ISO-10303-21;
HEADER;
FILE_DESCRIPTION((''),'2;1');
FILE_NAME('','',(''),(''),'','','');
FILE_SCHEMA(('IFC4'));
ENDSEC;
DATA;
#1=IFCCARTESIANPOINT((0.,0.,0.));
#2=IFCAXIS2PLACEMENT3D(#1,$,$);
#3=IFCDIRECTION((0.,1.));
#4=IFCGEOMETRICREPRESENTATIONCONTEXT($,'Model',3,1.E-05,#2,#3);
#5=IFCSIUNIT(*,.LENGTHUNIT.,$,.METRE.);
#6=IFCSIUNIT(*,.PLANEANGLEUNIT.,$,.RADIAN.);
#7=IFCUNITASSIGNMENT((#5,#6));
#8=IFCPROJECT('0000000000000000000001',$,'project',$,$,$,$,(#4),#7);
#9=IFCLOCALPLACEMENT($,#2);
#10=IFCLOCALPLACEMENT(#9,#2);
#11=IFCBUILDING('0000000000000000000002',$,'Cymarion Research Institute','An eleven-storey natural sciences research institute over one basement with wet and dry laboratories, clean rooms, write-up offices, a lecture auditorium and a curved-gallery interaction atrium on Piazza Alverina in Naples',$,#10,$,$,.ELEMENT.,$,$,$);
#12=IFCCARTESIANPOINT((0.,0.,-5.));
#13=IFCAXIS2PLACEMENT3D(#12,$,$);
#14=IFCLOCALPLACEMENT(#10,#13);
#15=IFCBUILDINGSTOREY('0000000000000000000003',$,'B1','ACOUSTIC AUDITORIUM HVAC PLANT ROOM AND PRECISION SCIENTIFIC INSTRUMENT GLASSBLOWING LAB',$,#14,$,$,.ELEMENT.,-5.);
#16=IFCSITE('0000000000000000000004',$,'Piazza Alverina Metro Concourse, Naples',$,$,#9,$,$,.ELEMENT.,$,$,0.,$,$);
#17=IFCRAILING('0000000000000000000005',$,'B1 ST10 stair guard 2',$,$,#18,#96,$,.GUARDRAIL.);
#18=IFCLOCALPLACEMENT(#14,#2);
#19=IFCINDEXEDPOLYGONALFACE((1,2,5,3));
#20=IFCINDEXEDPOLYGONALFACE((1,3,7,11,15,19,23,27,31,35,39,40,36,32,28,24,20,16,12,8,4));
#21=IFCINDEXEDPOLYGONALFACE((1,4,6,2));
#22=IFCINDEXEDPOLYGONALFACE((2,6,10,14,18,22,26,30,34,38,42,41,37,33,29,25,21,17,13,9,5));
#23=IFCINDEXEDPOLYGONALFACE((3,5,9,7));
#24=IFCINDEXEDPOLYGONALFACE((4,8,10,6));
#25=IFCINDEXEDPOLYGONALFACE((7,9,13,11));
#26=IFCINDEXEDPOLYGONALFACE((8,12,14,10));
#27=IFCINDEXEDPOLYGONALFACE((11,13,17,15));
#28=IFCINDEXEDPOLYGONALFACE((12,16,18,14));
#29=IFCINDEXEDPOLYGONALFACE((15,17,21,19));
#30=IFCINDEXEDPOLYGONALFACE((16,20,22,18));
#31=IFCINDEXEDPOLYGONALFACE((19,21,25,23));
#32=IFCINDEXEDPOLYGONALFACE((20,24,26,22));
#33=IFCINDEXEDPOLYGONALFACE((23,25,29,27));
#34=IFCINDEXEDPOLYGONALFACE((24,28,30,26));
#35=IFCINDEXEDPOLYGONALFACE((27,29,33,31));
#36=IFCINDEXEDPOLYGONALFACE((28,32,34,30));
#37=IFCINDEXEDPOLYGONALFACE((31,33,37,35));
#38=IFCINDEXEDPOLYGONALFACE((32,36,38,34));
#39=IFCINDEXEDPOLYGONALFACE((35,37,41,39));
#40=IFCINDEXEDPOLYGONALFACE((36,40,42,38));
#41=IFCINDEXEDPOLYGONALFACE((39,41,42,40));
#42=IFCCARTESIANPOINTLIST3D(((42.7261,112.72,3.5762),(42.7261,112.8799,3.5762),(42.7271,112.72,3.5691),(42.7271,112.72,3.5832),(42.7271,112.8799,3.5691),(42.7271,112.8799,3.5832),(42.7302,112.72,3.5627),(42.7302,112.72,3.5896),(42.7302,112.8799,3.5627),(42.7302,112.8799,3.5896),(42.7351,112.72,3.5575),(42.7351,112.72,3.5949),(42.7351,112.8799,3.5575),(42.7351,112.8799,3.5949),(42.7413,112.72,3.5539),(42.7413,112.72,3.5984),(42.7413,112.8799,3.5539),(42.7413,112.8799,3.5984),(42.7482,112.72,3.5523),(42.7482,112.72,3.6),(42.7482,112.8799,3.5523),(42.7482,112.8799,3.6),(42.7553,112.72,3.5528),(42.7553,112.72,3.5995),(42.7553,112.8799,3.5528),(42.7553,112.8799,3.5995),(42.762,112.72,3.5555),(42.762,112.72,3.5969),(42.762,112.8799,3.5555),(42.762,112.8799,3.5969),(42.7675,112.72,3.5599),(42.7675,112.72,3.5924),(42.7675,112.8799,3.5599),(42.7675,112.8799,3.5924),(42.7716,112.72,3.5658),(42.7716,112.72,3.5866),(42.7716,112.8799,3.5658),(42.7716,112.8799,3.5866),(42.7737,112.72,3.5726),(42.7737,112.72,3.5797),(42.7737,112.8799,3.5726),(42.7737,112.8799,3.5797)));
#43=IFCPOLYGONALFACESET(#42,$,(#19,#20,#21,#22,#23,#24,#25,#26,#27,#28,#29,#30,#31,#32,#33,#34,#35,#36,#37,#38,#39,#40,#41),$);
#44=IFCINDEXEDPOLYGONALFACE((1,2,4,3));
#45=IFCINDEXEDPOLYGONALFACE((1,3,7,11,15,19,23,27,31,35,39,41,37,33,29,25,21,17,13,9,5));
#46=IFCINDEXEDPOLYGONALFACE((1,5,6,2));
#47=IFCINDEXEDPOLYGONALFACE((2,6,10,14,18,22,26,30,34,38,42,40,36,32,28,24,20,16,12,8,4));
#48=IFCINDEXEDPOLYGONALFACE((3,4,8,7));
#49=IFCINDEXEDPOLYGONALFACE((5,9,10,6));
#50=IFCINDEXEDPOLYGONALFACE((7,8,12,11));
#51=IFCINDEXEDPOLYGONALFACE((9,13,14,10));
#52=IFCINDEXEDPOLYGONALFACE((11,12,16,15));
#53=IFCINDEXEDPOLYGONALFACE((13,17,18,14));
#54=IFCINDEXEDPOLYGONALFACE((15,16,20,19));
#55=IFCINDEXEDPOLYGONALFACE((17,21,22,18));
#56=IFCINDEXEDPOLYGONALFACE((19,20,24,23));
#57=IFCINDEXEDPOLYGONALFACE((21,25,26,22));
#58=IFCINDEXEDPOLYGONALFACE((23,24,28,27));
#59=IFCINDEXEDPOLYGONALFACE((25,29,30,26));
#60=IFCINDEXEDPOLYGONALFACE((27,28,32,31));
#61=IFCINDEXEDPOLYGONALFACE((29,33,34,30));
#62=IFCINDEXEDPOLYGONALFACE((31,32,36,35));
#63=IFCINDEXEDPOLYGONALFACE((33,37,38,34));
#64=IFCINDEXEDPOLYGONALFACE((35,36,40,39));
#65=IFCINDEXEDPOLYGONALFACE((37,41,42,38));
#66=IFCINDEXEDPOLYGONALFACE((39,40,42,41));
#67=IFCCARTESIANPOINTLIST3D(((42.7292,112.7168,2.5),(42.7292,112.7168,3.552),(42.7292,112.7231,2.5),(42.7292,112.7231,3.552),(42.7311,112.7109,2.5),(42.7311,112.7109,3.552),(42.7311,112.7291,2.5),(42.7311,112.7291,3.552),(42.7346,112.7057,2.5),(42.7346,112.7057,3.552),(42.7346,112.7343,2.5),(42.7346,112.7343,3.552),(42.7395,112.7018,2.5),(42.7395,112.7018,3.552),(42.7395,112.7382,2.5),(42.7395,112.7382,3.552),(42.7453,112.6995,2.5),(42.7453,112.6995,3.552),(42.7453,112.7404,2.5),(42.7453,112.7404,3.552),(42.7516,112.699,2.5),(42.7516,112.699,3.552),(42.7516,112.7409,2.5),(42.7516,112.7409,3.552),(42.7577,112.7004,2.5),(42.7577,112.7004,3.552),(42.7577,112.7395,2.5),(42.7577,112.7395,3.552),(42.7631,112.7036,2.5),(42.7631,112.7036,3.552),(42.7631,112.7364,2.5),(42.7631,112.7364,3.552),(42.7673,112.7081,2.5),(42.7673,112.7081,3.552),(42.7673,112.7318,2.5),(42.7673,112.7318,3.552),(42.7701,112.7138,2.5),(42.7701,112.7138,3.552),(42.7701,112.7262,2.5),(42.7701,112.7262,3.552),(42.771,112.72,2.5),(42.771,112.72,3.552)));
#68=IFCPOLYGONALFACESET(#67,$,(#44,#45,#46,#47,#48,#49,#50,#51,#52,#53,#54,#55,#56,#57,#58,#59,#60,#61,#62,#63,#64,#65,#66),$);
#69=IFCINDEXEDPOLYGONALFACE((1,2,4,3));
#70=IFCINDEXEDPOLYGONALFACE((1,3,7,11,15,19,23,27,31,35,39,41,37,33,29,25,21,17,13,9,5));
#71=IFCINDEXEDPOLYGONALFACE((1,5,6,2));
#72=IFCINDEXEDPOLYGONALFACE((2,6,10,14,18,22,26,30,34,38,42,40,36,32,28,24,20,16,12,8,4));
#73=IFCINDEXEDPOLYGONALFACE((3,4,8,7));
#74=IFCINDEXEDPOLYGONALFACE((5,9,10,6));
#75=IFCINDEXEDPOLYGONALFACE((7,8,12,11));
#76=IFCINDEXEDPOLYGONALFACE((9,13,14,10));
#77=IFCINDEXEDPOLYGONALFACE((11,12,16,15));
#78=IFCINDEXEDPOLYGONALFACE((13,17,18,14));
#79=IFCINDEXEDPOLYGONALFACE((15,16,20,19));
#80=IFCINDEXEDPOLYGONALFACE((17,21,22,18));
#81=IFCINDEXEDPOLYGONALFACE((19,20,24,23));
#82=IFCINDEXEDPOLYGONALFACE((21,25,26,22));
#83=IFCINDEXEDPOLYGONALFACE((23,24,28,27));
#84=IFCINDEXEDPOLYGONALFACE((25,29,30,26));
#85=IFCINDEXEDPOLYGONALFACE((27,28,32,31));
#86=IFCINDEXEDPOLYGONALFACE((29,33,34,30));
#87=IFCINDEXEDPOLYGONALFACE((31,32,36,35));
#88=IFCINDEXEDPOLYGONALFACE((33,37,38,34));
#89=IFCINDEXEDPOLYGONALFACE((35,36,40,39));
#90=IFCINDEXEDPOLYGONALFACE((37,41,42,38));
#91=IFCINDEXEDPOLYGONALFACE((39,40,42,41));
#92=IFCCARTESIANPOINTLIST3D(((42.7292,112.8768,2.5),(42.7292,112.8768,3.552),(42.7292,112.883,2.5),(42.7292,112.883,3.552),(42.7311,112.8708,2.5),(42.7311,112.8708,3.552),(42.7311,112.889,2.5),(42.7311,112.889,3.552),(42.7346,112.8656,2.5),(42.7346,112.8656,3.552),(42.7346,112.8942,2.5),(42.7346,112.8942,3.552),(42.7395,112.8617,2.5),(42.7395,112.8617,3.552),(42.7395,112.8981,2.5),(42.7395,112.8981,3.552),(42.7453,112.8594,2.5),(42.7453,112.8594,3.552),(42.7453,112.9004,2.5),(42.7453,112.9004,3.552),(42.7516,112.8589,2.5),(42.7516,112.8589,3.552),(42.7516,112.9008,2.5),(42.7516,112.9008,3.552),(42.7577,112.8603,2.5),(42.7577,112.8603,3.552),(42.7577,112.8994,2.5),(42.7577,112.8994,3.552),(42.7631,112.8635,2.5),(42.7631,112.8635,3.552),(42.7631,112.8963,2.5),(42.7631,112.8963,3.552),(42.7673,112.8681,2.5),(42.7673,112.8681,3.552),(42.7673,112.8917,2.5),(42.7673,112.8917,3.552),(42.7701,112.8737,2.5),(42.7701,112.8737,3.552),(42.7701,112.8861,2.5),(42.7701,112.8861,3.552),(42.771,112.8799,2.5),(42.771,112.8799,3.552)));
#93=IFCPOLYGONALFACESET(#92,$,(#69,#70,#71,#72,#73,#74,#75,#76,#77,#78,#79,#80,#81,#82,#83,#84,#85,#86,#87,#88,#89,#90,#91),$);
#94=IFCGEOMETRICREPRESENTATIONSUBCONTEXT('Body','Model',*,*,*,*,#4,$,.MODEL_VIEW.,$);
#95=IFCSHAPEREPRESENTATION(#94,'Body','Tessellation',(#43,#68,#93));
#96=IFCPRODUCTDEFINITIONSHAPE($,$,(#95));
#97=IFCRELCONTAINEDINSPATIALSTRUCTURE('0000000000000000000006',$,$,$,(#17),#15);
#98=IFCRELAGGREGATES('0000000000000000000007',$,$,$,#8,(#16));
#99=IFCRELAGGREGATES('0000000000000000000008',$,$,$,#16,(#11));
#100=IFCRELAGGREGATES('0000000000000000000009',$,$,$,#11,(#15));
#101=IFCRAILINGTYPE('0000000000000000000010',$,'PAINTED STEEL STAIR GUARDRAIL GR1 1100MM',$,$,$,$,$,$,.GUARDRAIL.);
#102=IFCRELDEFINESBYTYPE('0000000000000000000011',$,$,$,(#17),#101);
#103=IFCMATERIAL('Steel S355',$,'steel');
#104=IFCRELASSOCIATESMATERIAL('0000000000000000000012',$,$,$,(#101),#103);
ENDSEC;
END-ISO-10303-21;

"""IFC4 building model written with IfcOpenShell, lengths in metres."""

from ifc_helpers import new_model, si_unit, direction, frame, origin, origin_2d, place, context, subcontext, project, spatial, circle, extrude, material, type_object, element, save


model = new_model("IFC4")

# Units and contexts
model_context = context("Model", 3, precision=1e-05, world=origin(), true_north=direction((0.0, 1.0)))
body_context = subcontext(model_context, "Body", "Model", "MODEL_VIEW")
ifc_project = project(units=[si_unit("LENGTHUNIT", "METRE"), si_unit("PLANEANGLEUNIT", "RADIAN")], contexts=[model_context])

# Site, building, storey
site_placement = place(None, origin())
site = spatial("IfcSite", under=ifc_project, at=site_placement, Name="Piazza Alverina Metro Concourse, Naples", CompositionType="ELEMENT", RefElevation=0.0)
building_placement = place(site_placement, origin())
building = spatial("IfcBuilding", under=site, at=building_placement, Name="Cymarion Research Institute", Description="An eleven-storey natural sciences research institute over one basement with wet and dry laboratories, clean rooms, write-up offices, a lecture auditorium and a curved-gallery interaction atrium on Piazza Alverina in Naples", CompositionType="ELEMENT")
storey_placement = place(building_placement, frame((0.0, 0.0, -5.0)))
storey = spatial("IfcBuildingStorey", under=building, at=storey_placement, Name="B1", Description="ACOUSTIC AUDITORIUM HVAC PLANT ROOM AND PRECISION SCIENTIFIC INSTRUMENT GLASSBLOWING LAB", CompositionType="ELEMENT", Elevation=-5.0)

# Shared definitions
ifc_material_1 = material(Name="Steel S355", Category="steel")

# Railing
railing_type_1 = type_object("IfcRailingType", Name="PAINTED STEEL STAIR GUARDRAIL GR1 1100MM", PredefinedType="GUARDRAIL", material=ifc_material_1)
railing_1_placement = place(storey_placement, frame((42.75, 112.72, 2.5)))
element("IfcRailing", 1, at=railing_1_placement, inside=storey, type_object=railing_type_1, Name="B1 ST10 stair guard 2", PredefinedType="GUARDRAIL", context=body_context, shape_type="SweptSolid", body=[
    extrude(circle(Radius=0.0239, at=origin_2d()), frame((0.0, 0.0, 1.0762), z_axis=(0.0, 1.0, 0.0), x_axis=(-1.0, 0.0, 0.0)), (0.0, 0.0, 1.0), 0.1599),
    extrude(circle(Radius=0.021, at=origin_2d()), origin(), (0.0, 0.0, 1.0), 1.052),
    extrude(circle(Radius=0.021, at=origin_2d()), frame((0.0, 0.1599, 0.0)), (0.0, 0.0, 1.0), 1.052),
])

save(model, "model.ifc")
